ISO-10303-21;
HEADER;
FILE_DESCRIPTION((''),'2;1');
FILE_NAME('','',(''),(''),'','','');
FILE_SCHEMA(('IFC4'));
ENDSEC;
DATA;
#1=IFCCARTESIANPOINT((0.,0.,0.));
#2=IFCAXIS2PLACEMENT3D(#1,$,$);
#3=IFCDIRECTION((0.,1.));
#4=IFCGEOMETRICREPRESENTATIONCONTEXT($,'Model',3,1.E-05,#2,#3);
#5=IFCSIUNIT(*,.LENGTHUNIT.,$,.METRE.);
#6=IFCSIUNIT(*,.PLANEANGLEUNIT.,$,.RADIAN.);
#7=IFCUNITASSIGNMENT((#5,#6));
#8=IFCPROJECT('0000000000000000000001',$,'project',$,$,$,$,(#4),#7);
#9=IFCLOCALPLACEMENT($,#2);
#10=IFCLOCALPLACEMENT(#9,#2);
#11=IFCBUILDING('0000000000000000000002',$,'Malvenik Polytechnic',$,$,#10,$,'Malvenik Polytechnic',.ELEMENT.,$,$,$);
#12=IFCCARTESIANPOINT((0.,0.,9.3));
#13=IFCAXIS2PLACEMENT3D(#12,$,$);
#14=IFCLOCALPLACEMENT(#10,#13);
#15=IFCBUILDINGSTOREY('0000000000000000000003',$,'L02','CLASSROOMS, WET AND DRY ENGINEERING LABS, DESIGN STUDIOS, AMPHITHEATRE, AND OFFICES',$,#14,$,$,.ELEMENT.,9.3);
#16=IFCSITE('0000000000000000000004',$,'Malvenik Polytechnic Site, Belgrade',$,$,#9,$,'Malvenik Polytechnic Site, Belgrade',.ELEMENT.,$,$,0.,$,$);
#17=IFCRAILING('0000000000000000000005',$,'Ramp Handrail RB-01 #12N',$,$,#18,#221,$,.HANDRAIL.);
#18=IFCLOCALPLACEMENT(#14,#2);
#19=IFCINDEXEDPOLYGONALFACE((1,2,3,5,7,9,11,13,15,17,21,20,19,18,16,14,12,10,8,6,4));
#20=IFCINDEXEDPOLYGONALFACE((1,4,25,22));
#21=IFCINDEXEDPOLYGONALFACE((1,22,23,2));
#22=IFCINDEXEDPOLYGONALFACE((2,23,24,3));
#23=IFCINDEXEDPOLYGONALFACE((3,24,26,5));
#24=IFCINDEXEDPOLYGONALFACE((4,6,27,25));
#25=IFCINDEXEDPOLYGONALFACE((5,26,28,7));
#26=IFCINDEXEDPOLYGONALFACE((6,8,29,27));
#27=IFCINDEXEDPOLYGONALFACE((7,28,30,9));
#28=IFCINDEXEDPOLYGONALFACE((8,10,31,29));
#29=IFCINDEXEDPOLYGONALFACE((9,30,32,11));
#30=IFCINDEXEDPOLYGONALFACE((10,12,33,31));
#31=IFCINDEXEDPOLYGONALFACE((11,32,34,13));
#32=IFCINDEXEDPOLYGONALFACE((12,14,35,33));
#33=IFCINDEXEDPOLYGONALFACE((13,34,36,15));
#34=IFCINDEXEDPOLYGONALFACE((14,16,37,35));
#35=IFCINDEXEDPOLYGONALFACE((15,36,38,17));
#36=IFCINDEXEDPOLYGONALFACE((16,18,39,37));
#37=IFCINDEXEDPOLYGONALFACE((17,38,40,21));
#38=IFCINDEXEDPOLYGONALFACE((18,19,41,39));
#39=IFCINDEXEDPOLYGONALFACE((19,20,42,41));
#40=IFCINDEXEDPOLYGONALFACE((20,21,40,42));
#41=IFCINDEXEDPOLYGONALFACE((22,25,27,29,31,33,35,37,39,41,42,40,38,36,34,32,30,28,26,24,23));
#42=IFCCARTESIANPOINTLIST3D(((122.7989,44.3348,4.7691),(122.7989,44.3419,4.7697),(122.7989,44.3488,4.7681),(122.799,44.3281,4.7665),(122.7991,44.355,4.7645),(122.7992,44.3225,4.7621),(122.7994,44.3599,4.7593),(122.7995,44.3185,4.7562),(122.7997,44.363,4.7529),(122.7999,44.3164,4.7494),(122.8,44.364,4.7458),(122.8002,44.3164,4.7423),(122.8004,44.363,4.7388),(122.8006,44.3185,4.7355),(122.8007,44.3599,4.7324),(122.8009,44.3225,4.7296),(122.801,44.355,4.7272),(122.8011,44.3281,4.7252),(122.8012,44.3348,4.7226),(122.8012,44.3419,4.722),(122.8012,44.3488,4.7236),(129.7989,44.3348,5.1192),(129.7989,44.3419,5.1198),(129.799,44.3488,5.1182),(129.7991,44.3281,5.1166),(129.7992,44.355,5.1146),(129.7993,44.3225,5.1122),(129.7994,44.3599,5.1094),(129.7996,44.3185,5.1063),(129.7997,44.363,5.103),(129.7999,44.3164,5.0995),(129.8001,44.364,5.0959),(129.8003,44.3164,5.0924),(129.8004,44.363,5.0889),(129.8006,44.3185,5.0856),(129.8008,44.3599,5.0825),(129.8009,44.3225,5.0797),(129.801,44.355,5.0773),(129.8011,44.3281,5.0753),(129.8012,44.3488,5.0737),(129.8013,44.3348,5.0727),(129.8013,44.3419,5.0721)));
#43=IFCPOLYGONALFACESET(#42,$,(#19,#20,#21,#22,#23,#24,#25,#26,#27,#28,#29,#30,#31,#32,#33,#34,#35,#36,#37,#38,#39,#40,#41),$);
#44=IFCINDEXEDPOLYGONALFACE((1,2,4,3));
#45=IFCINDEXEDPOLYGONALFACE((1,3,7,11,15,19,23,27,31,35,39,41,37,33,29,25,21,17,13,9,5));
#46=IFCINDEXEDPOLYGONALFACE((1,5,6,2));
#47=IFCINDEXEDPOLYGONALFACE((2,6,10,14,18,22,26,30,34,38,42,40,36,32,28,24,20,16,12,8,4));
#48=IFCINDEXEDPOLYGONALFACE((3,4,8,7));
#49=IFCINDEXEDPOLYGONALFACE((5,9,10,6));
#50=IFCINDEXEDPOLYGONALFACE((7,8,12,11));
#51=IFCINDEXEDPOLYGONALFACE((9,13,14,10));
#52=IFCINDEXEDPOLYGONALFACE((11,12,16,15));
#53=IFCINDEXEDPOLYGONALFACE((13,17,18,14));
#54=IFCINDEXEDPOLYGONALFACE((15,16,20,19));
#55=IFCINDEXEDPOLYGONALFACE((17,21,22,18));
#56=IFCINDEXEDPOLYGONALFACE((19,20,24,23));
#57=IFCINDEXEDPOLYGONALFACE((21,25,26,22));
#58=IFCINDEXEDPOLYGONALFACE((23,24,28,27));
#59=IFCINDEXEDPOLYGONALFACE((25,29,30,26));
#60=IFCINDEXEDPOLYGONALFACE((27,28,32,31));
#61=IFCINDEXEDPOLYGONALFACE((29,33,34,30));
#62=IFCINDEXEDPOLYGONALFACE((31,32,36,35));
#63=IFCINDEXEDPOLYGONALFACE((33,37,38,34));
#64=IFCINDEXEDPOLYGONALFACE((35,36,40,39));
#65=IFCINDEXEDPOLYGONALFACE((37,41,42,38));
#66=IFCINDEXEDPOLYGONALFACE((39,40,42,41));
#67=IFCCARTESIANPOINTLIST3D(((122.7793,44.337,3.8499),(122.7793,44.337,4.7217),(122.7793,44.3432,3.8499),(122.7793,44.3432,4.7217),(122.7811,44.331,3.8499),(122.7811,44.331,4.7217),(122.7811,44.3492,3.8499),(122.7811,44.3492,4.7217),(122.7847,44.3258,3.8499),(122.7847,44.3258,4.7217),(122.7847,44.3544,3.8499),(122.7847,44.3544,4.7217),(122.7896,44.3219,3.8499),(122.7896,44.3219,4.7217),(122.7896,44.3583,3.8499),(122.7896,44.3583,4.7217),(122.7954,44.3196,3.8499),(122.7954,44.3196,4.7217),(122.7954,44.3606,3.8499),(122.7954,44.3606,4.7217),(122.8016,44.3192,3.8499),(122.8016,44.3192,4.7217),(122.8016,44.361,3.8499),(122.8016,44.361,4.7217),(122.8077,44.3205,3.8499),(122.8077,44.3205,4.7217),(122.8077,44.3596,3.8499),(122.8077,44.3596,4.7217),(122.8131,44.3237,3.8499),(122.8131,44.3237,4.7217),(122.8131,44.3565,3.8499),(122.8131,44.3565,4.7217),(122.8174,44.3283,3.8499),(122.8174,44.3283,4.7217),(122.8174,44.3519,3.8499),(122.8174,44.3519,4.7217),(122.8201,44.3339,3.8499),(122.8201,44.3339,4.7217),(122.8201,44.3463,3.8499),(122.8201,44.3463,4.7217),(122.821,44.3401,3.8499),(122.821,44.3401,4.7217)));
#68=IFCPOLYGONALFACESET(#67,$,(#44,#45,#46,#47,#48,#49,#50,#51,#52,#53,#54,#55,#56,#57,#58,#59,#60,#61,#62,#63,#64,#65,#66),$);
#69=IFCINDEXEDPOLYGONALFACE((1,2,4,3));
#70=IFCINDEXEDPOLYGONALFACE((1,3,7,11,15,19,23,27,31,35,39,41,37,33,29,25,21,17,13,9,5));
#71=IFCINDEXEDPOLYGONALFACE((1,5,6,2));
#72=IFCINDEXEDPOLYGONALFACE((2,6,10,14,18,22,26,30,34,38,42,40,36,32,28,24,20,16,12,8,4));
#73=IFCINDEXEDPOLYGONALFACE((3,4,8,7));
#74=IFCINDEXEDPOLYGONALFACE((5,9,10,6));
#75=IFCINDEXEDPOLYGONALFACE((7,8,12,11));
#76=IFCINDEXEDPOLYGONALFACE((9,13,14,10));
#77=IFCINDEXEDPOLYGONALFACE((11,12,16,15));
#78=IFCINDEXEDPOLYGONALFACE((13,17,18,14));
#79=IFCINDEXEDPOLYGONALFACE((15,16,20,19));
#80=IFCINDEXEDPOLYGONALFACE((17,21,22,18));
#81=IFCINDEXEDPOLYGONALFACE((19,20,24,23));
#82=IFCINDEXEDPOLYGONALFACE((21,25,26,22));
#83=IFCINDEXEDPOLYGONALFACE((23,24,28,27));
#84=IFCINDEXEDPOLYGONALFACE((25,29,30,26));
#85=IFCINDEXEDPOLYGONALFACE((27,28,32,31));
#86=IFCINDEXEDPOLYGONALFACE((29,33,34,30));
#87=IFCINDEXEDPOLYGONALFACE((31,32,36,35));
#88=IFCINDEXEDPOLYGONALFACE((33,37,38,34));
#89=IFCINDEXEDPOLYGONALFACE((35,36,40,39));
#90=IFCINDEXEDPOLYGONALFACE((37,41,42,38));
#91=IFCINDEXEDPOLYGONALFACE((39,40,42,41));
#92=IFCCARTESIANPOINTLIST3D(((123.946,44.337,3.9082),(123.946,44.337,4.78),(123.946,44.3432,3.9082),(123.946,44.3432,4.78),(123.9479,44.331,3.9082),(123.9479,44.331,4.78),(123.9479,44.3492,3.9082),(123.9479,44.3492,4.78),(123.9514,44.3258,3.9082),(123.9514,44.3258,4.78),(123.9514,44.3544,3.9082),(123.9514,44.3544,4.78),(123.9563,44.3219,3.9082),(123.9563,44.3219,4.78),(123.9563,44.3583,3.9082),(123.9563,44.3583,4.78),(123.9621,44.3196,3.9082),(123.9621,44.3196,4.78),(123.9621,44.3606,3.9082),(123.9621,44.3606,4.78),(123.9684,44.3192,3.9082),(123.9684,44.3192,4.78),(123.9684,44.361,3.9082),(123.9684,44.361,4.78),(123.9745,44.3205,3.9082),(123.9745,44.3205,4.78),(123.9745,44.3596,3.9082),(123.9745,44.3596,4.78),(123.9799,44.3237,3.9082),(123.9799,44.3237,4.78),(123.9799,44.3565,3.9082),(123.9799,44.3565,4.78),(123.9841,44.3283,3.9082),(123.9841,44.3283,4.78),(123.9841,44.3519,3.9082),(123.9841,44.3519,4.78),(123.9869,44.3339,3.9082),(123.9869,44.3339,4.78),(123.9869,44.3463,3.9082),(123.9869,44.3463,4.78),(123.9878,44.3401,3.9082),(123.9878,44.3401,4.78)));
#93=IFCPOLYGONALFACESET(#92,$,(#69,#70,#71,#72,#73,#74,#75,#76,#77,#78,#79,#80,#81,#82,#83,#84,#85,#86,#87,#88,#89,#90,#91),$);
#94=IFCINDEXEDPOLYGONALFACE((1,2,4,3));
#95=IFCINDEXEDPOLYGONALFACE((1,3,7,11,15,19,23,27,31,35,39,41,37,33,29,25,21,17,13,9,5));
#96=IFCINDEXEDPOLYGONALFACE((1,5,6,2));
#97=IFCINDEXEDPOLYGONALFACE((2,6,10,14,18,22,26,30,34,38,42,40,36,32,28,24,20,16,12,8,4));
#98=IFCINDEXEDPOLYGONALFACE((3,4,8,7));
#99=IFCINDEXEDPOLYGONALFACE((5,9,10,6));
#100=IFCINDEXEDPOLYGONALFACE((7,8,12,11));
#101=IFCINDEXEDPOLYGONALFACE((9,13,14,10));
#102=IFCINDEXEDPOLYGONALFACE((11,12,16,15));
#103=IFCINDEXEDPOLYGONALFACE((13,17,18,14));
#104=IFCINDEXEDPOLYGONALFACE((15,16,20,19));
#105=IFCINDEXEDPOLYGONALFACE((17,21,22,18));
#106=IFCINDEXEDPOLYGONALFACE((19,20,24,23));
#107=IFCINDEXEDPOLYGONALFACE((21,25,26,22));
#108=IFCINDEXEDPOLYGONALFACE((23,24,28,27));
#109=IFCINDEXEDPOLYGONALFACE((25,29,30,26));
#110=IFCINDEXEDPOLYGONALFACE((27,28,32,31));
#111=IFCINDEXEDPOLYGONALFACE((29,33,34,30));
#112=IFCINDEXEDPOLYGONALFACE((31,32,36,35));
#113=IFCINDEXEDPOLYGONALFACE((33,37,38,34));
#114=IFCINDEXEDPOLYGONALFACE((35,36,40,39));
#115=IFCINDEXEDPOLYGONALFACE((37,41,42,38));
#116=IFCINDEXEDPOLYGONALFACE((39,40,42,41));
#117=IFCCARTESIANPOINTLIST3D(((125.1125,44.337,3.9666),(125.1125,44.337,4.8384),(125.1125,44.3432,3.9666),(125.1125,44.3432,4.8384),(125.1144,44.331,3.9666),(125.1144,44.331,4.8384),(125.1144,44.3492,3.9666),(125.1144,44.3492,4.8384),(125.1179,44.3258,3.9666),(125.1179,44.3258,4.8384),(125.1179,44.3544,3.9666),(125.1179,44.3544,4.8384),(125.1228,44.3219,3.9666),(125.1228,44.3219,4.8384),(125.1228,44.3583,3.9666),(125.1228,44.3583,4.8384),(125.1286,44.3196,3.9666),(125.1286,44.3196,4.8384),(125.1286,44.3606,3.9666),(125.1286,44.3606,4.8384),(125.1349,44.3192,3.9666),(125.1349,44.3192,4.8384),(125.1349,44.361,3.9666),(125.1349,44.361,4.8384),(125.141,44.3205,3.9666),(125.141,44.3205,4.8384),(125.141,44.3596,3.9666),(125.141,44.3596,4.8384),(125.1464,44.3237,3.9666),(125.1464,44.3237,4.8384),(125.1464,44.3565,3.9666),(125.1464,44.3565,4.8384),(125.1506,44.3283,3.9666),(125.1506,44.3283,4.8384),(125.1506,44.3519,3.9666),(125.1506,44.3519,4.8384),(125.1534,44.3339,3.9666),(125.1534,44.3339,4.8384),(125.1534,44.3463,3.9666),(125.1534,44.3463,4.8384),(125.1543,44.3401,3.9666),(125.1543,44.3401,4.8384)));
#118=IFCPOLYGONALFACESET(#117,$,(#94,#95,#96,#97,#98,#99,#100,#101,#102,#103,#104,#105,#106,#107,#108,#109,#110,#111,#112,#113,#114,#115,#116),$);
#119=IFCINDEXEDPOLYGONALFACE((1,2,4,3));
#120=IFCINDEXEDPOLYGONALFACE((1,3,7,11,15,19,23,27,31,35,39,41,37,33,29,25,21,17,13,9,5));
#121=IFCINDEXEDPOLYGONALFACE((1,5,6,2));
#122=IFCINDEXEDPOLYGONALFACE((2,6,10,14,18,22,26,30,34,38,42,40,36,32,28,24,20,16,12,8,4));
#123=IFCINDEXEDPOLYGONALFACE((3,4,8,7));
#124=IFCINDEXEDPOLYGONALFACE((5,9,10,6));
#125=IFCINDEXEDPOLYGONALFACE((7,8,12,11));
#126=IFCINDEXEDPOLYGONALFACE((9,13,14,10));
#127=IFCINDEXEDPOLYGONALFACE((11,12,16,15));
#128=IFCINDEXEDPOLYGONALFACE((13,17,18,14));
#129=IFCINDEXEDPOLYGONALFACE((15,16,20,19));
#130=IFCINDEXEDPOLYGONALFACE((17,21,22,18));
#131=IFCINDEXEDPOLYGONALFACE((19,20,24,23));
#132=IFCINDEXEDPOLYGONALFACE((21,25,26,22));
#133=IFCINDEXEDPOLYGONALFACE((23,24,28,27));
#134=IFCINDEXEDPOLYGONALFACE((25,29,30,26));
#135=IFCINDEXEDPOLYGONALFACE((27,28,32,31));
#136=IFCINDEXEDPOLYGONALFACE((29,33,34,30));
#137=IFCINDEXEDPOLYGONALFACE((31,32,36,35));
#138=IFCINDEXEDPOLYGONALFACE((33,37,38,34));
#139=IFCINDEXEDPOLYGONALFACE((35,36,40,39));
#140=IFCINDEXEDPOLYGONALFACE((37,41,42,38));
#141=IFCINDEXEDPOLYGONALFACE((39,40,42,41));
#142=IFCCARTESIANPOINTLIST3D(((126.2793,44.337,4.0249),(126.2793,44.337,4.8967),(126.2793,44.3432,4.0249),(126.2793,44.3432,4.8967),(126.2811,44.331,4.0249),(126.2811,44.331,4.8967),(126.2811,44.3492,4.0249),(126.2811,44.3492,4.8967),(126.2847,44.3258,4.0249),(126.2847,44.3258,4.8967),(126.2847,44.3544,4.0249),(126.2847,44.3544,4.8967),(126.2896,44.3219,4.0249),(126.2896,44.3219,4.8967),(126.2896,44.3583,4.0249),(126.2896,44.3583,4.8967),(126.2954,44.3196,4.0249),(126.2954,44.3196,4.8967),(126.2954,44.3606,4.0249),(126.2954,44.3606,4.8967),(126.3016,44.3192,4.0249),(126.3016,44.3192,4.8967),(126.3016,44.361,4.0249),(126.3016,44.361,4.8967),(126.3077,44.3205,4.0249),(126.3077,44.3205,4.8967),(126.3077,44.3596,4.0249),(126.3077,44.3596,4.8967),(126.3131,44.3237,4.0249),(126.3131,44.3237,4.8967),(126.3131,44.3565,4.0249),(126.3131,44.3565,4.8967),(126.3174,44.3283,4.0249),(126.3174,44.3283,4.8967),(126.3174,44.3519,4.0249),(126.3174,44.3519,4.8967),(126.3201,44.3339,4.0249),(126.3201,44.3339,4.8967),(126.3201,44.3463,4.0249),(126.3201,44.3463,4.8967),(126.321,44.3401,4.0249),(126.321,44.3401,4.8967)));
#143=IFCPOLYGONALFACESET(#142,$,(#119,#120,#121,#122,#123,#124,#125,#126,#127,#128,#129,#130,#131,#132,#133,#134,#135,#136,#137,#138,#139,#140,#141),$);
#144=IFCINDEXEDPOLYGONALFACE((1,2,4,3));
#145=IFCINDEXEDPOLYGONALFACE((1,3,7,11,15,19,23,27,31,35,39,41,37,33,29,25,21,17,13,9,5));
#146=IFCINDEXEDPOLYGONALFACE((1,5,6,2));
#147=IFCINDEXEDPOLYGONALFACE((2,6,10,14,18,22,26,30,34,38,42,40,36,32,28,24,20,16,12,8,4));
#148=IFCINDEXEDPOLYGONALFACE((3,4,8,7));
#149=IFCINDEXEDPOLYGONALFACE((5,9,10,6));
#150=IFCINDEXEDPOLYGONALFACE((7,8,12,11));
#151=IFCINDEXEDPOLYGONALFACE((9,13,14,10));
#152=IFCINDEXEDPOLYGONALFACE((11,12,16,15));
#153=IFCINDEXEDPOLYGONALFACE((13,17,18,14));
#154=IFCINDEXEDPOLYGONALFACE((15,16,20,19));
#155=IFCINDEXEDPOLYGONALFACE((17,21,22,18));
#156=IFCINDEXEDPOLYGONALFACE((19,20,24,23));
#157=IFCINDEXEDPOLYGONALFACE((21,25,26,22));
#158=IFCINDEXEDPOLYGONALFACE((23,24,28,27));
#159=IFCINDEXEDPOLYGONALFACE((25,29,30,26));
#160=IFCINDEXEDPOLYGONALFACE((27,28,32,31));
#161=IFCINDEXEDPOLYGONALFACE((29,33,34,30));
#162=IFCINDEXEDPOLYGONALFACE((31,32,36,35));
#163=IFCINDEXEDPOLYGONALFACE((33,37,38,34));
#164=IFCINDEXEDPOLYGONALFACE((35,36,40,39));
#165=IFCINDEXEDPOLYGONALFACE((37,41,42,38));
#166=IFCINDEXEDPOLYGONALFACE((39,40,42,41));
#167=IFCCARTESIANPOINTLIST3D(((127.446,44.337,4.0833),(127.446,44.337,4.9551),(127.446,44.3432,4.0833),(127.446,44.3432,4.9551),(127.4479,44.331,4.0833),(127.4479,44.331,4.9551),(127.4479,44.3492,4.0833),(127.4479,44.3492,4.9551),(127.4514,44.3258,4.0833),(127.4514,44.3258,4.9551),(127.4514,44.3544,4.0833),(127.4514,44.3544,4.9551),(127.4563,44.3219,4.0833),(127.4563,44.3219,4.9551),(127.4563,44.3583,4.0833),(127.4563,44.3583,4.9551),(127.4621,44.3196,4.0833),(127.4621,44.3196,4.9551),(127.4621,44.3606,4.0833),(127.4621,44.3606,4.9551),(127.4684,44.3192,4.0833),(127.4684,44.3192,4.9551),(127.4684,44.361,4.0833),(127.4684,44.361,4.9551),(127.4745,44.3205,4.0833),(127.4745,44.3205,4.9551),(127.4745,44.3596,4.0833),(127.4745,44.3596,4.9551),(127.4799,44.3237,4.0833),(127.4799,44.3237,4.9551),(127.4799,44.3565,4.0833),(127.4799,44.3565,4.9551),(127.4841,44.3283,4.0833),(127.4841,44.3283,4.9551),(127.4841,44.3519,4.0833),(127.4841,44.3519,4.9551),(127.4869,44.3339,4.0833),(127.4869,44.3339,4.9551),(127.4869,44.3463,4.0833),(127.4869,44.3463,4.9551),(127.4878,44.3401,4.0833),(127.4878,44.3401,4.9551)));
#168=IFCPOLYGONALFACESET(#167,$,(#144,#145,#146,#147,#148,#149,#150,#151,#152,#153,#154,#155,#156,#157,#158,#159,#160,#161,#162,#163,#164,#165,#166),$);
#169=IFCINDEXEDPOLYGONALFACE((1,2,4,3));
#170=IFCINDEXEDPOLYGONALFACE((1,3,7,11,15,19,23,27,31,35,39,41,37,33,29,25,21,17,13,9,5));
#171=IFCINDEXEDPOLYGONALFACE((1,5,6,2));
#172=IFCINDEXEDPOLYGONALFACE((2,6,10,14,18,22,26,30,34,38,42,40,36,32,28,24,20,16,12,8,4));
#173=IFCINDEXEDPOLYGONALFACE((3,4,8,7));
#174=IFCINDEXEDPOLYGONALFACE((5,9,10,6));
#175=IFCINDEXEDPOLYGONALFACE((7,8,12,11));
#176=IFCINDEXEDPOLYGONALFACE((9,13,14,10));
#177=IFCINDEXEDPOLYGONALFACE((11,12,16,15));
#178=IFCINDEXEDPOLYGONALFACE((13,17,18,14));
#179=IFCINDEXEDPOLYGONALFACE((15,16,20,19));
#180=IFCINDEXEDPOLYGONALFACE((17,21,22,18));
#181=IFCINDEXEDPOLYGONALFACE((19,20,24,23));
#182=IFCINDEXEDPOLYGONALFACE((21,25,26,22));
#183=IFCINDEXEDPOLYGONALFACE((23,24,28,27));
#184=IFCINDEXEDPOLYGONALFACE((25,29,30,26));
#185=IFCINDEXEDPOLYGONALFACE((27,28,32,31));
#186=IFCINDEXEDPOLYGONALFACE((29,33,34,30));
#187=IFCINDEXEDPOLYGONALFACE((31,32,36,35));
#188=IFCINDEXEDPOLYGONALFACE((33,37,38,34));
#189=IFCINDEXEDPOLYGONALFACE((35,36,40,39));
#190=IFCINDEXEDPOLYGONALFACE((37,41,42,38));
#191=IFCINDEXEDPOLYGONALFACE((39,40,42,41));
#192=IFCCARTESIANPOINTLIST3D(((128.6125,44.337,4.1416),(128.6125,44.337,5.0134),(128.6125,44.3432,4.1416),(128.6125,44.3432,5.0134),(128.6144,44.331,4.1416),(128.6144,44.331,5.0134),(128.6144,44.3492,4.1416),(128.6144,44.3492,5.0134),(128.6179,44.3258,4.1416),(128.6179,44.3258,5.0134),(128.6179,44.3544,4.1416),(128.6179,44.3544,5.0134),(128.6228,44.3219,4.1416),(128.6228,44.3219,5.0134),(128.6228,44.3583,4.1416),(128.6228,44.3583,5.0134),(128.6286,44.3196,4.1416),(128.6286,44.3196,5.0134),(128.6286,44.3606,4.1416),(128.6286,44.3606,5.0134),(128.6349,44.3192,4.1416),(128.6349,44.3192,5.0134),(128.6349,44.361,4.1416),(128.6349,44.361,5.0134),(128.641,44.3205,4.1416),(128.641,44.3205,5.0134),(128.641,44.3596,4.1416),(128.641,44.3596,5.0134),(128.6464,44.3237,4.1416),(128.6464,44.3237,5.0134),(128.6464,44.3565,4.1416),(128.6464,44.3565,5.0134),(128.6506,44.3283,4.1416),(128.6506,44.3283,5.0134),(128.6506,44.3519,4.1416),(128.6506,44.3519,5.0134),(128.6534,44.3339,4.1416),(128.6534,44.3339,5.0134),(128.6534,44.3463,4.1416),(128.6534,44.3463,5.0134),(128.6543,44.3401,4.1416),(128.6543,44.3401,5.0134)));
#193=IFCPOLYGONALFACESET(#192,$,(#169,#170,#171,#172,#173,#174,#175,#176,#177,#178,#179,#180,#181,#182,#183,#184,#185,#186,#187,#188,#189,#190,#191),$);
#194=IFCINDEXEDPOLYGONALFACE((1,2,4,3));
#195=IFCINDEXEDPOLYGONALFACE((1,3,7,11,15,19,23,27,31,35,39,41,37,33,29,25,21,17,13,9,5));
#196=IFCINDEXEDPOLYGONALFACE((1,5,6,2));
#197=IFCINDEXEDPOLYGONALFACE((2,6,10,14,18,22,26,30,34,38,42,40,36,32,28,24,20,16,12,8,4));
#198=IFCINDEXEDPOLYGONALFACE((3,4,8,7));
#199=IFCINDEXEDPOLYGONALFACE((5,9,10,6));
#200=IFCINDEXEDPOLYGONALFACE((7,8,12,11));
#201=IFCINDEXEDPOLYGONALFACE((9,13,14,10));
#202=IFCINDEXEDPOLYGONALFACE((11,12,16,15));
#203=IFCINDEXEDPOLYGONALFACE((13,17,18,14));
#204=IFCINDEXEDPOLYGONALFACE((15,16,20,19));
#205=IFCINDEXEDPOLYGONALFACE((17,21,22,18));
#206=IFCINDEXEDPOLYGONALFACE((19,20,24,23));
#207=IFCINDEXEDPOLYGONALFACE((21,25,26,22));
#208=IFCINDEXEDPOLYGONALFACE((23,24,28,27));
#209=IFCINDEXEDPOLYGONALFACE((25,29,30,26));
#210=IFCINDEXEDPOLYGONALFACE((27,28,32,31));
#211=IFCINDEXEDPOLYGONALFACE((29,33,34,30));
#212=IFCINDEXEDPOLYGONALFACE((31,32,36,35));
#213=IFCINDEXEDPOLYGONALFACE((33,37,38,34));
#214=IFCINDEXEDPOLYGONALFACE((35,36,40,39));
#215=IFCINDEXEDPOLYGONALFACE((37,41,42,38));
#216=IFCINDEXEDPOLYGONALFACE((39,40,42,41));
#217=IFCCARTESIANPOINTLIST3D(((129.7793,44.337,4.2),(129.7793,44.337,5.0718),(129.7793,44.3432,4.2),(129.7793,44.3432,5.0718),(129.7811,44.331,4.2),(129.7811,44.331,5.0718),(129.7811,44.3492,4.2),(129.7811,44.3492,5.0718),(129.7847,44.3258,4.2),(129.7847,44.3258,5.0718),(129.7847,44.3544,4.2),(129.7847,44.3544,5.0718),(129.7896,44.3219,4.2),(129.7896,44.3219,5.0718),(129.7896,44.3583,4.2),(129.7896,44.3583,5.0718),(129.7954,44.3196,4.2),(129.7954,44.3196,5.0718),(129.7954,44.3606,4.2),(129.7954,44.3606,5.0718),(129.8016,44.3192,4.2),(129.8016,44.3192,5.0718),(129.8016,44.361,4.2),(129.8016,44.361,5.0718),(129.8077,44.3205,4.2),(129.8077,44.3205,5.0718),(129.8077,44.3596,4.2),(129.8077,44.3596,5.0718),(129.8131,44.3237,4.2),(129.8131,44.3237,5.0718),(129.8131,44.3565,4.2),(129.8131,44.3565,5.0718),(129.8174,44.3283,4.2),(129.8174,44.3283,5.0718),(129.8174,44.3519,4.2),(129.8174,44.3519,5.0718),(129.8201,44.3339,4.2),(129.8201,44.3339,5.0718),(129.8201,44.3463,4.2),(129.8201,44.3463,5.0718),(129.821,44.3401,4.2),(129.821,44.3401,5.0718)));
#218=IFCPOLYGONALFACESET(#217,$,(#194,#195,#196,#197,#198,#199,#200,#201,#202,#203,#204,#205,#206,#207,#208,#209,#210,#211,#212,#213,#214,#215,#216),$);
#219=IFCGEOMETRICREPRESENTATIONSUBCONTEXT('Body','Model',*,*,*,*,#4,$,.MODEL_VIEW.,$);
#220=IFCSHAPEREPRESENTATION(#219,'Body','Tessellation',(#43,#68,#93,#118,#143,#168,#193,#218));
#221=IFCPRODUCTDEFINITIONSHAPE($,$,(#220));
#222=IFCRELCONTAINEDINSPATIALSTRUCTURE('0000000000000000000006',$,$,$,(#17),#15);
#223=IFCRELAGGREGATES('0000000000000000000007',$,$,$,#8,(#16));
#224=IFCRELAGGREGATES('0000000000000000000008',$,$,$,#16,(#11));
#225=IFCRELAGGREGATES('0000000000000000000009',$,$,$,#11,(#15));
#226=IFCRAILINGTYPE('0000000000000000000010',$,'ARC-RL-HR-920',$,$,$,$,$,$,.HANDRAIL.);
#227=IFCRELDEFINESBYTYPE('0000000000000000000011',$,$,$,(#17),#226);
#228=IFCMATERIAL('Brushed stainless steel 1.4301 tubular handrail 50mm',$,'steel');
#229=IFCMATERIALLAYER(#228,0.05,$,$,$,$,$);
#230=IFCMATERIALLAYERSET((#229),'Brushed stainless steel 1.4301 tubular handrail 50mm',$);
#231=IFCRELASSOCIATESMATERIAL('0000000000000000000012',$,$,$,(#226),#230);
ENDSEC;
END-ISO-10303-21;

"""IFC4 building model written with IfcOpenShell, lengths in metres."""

from ifc_helpers import new_model, si_unit, direction, frame, origin, origin_2d, place, context, subcontext, project, spatial, circle, extrude, material, layer, layer_set, type_object, element, save


model = new_model("IFC4")

# Units and contexts
model_context = context("Model", 3, precision=1e-05, world=origin(), true_north=direction((0.0, 1.0)))
body_context = subcontext(model_context, "Body", "Model", "MODEL_VIEW")
ifc_project = project(units=[si_unit("LENGTHUNIT", "METRE"), si_unit("PLANEANGLEUNIT", "RADIAN")], contexts=[model_context])

# Site, building, storey
site_placement = place(None, origin())
site = spatial("IfcSite", under=ifc_project, at=site_placement, Name="Malvenik Polytechnic Site, Belgrade", LongName="Malvenik Polytechnic Site, Belgrade", CompositionType="ELEMENT", RefElevation=0.0)
building_placement = place(site_placement, origin())
building = spatial("IfcBuilding", under=site, at=building_placement, Name="Malvenik Polytechnic", LongName="Malvenik Polytechnic", CompositionType="ELEMENT")
storey_placement = place(building_placement, frame((0.0, 0.0, 9.3)))
storey = spatial("IfcBuildingStorey", under=building, at=storey_placement, Name="L02", Description="CLASSROOMS, WET AND DRY ENGINEERING LABS, DESIGN STUDIOS, AMPHITHEATRE, AND OFFICES", CompositionType="ELEMENT", Elevation=9.3)

# Railing
ifc_material_1 = material(Name="Brushed stainless steel 1.4301 tubular handrail 50mm", Category="steel")
ifc_layer_1 = layer(ifc_material_1, 0.05)
ifc_layer_set_1 = layer_set([ifc_layer_1], Name="Brushed stainless steel 1.4301 tubular handrail 50mm")
railing_type_1 = type_object("IfcRailingType", Name="ARC-RL-HR-920", PredefinedType="HANDRAIL", material=ifc_layer_set_1)
railing_1_placement = place(storey_placement, frame((122.8, 44.3401, 3.8499)))
element("IfcRailing", 1, at=railing_1_placement, inside=storey, type_object=railing_type_1, Name="Ramp Handrail RB-01 #12N", PredefinedType="HANDRAIL", context=body_context, shape_type="SweptSolid", body=[
    extrude(circle(Radius=0.0239, at=origin_2d()), frame((0.0, 0.0, 0.896), z_axis=(0.998752, 0.0, 0.049952), x_axis=(0.0, 1.0, 0.0)), (0.0, 0.0, 1.0), 7.0088),
    extrude(circle(Radius=0.021, at=origin_2d()), origin(), (0.0, 0.0, 1.0), 0.8718),
    extrude(circle(Radius=0.021, at=origin_2d()), frame((1.1667, 0.0, 0.0583)), (0.0, 0.0, 1.0), 0.8718),
    extrude(circle(Radius=0.021, at=origin_2d()), frame((2.3333, 0.0, 0.1167)), (0.0, 0.0, 1.0), 0.8718),
    extrude(circle(Radius=0.021, at=origin_2d()), frame((3.5, 0.0, 0.175)), (0.0, 0.0, 1.0), 0.8718),
    extrude(circle(Radius=0.021, at=origin_2d()), frame((4.6667, 0.0, 0.2334)), (0.0, 0.0, 1.0), 0.8718),
    extrude(circle(Radius=0.021, at=origin_2d()), frame((5.8333, 0.0, 0.2917)), (0.0, 0.0, 1.0), 0.8718),
    extrude(circle(Radius=0.021, at=origin_2d()), frame((7.0, 0.0, 0.3501)), (0.0, 0.0, 1.0), 0.8718),
])

save(model, "model.ifc")
